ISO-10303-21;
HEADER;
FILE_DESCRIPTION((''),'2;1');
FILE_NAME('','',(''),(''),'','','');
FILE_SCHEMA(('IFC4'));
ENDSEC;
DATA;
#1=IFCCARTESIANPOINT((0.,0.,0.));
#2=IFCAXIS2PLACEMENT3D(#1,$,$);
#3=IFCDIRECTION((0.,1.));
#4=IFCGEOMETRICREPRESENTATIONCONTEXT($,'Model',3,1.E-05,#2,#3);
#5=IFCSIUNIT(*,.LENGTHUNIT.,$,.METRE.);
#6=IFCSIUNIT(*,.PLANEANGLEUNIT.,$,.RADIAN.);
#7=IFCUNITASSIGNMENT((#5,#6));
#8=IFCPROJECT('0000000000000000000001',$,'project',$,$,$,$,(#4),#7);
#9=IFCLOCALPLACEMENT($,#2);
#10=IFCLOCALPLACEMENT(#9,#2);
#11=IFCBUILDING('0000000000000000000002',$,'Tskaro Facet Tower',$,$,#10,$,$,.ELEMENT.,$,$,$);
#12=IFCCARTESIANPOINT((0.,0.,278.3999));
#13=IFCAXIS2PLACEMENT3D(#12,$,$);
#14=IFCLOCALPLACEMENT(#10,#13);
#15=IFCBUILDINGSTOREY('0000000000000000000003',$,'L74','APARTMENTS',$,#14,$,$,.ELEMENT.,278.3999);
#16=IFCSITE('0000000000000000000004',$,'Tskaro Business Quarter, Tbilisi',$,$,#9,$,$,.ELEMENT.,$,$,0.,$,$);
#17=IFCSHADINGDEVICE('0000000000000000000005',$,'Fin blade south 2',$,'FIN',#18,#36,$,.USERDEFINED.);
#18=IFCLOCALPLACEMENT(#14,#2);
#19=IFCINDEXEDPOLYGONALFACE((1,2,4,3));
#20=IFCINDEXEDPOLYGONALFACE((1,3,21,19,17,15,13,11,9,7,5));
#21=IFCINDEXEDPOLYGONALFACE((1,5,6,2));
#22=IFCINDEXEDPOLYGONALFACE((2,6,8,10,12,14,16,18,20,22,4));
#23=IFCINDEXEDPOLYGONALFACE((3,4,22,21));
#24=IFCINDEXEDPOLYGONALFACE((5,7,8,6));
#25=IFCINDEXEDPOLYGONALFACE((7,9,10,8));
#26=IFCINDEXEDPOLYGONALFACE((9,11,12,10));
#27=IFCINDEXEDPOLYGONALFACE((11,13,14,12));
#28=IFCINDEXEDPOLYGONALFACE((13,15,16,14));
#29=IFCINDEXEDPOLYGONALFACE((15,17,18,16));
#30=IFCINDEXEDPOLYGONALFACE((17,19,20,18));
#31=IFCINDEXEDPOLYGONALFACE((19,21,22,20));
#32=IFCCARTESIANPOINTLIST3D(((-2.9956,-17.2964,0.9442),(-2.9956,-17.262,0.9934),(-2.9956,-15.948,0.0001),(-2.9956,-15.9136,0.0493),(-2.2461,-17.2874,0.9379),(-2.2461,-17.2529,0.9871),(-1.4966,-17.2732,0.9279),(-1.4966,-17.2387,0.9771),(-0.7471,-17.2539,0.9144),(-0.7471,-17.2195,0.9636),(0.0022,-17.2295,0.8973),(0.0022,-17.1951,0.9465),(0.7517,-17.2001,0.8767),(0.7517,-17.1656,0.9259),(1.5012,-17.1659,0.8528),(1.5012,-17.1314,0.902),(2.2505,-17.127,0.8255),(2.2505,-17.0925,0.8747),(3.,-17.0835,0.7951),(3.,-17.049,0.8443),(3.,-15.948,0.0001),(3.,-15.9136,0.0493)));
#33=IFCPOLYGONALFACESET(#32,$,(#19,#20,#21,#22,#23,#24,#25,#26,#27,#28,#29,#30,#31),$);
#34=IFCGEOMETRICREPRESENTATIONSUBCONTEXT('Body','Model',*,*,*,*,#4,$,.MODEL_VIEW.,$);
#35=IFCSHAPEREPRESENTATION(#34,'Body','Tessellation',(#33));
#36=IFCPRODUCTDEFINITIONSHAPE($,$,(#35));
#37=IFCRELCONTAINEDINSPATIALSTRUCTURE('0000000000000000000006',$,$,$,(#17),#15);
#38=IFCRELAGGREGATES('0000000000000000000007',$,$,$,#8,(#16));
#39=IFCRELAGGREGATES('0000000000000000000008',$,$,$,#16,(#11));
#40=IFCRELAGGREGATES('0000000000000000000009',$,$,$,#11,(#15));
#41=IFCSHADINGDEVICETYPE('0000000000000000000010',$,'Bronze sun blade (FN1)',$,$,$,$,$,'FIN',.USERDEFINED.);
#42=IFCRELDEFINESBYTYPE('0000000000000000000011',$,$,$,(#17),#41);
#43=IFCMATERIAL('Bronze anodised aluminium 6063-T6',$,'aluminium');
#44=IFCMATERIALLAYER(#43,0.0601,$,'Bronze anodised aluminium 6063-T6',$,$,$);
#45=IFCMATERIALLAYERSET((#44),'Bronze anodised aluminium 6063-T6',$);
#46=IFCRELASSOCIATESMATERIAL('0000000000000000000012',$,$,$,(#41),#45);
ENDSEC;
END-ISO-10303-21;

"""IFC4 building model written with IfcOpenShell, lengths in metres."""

from ifc_helpers import new_model, si_unit, direction, frame, origin, place, context, subcontext, project, spatial, polyline, outline, extrude, material, layer, layer_set, type_object, element, save


model = new_model("IFC4")

# Units and contexts
model_context = context("Model", 3, precision=1e-05, world=origin(), true_north=direction((0.0, 1.0)))
body_context = subcontext(model_context, "Body", "Model", "MODEL_VIEW")
ifc_project = project(units=[si_unit("LENGTHUNIT", "METRE"), si_unit("PLANEANGLEUNIT", "RADIAN")], contexts=[model_context])

# Site, building, storey
site_placement = place(None, origin())
site = spatial("IfcSite", under=ifc_project, at=site_placement, Name="Tskaro Business Quarter, Tbilisi", CompositionType="ELEMENT", RefElevation=0.0)
building_placement = place(site_placement, origin())
building = spatial("IfcBuilding", under=site, at=building_placement, Name="Tskaro Facet Tower", CompositionType="ELEMENT")
storey_placement = place(building_placement, frame((0.0, 0.0, 278.3999)))
storey = spatial("IfcBuildingStorey", under=building, at=storey_placement, Name="L74", Description="APARTMENTS", CompositionType="ELEMENT", Elevation=278.3999)

# Shared definitions
ifc_material_1 = material(Name="Bronze anodised aluminium 6063-T6", Category="aluminium")

# Shading device
ifc_layer_1 = layer(ifc_material_1, 0.0601, Name="Bronze anodised aluminium 6063-T6")
ifc_layer_set_1 = layer_set([ifc_layer_1], Name="Bronze anodised aluminium 6063-T6")
shading_device_type = type_object("IfcShadingDeviceType", Name="Bronze sun blade (FN1)", ElementType="FIN", PredefinedType="USERDEFINED", material=ifc_layer_set_1)
shading_device_1_placement = place(storey_placement, frame((-2.9956, -15.9136, 0.0493), z_axis=(0.000007, 0.573551, 0.81917), x_axis=(1.0, -0.000004, -0.000005)))
element("IfcShadingDevice", 1, at=shading_device_1_placement, inside=storey, type_object=shading_device_type, Name="Fin blade south 2", ObjectType="FIN", PredefinedType="USERDEFINED", context=body_context, shape_type="SweptSolid", body=[
    extrude(outline(polyline([(0.0, 0.0), (5.9956, 0.0), (5.9956, -1.3861), (5.2461, -1.4392), (4.4968, -1.4867), (3.7473, -1.5284), (2.9978, -1.5644), (2.2485, -1.5942), (1.499, -1.6177), (0.7495, -1.635), (0.0, -1.646), (0.0, 0.0)])), origin(), (0.0, 0.0, -1.0), 0.0601),
])

save(model, "model.ifc")
